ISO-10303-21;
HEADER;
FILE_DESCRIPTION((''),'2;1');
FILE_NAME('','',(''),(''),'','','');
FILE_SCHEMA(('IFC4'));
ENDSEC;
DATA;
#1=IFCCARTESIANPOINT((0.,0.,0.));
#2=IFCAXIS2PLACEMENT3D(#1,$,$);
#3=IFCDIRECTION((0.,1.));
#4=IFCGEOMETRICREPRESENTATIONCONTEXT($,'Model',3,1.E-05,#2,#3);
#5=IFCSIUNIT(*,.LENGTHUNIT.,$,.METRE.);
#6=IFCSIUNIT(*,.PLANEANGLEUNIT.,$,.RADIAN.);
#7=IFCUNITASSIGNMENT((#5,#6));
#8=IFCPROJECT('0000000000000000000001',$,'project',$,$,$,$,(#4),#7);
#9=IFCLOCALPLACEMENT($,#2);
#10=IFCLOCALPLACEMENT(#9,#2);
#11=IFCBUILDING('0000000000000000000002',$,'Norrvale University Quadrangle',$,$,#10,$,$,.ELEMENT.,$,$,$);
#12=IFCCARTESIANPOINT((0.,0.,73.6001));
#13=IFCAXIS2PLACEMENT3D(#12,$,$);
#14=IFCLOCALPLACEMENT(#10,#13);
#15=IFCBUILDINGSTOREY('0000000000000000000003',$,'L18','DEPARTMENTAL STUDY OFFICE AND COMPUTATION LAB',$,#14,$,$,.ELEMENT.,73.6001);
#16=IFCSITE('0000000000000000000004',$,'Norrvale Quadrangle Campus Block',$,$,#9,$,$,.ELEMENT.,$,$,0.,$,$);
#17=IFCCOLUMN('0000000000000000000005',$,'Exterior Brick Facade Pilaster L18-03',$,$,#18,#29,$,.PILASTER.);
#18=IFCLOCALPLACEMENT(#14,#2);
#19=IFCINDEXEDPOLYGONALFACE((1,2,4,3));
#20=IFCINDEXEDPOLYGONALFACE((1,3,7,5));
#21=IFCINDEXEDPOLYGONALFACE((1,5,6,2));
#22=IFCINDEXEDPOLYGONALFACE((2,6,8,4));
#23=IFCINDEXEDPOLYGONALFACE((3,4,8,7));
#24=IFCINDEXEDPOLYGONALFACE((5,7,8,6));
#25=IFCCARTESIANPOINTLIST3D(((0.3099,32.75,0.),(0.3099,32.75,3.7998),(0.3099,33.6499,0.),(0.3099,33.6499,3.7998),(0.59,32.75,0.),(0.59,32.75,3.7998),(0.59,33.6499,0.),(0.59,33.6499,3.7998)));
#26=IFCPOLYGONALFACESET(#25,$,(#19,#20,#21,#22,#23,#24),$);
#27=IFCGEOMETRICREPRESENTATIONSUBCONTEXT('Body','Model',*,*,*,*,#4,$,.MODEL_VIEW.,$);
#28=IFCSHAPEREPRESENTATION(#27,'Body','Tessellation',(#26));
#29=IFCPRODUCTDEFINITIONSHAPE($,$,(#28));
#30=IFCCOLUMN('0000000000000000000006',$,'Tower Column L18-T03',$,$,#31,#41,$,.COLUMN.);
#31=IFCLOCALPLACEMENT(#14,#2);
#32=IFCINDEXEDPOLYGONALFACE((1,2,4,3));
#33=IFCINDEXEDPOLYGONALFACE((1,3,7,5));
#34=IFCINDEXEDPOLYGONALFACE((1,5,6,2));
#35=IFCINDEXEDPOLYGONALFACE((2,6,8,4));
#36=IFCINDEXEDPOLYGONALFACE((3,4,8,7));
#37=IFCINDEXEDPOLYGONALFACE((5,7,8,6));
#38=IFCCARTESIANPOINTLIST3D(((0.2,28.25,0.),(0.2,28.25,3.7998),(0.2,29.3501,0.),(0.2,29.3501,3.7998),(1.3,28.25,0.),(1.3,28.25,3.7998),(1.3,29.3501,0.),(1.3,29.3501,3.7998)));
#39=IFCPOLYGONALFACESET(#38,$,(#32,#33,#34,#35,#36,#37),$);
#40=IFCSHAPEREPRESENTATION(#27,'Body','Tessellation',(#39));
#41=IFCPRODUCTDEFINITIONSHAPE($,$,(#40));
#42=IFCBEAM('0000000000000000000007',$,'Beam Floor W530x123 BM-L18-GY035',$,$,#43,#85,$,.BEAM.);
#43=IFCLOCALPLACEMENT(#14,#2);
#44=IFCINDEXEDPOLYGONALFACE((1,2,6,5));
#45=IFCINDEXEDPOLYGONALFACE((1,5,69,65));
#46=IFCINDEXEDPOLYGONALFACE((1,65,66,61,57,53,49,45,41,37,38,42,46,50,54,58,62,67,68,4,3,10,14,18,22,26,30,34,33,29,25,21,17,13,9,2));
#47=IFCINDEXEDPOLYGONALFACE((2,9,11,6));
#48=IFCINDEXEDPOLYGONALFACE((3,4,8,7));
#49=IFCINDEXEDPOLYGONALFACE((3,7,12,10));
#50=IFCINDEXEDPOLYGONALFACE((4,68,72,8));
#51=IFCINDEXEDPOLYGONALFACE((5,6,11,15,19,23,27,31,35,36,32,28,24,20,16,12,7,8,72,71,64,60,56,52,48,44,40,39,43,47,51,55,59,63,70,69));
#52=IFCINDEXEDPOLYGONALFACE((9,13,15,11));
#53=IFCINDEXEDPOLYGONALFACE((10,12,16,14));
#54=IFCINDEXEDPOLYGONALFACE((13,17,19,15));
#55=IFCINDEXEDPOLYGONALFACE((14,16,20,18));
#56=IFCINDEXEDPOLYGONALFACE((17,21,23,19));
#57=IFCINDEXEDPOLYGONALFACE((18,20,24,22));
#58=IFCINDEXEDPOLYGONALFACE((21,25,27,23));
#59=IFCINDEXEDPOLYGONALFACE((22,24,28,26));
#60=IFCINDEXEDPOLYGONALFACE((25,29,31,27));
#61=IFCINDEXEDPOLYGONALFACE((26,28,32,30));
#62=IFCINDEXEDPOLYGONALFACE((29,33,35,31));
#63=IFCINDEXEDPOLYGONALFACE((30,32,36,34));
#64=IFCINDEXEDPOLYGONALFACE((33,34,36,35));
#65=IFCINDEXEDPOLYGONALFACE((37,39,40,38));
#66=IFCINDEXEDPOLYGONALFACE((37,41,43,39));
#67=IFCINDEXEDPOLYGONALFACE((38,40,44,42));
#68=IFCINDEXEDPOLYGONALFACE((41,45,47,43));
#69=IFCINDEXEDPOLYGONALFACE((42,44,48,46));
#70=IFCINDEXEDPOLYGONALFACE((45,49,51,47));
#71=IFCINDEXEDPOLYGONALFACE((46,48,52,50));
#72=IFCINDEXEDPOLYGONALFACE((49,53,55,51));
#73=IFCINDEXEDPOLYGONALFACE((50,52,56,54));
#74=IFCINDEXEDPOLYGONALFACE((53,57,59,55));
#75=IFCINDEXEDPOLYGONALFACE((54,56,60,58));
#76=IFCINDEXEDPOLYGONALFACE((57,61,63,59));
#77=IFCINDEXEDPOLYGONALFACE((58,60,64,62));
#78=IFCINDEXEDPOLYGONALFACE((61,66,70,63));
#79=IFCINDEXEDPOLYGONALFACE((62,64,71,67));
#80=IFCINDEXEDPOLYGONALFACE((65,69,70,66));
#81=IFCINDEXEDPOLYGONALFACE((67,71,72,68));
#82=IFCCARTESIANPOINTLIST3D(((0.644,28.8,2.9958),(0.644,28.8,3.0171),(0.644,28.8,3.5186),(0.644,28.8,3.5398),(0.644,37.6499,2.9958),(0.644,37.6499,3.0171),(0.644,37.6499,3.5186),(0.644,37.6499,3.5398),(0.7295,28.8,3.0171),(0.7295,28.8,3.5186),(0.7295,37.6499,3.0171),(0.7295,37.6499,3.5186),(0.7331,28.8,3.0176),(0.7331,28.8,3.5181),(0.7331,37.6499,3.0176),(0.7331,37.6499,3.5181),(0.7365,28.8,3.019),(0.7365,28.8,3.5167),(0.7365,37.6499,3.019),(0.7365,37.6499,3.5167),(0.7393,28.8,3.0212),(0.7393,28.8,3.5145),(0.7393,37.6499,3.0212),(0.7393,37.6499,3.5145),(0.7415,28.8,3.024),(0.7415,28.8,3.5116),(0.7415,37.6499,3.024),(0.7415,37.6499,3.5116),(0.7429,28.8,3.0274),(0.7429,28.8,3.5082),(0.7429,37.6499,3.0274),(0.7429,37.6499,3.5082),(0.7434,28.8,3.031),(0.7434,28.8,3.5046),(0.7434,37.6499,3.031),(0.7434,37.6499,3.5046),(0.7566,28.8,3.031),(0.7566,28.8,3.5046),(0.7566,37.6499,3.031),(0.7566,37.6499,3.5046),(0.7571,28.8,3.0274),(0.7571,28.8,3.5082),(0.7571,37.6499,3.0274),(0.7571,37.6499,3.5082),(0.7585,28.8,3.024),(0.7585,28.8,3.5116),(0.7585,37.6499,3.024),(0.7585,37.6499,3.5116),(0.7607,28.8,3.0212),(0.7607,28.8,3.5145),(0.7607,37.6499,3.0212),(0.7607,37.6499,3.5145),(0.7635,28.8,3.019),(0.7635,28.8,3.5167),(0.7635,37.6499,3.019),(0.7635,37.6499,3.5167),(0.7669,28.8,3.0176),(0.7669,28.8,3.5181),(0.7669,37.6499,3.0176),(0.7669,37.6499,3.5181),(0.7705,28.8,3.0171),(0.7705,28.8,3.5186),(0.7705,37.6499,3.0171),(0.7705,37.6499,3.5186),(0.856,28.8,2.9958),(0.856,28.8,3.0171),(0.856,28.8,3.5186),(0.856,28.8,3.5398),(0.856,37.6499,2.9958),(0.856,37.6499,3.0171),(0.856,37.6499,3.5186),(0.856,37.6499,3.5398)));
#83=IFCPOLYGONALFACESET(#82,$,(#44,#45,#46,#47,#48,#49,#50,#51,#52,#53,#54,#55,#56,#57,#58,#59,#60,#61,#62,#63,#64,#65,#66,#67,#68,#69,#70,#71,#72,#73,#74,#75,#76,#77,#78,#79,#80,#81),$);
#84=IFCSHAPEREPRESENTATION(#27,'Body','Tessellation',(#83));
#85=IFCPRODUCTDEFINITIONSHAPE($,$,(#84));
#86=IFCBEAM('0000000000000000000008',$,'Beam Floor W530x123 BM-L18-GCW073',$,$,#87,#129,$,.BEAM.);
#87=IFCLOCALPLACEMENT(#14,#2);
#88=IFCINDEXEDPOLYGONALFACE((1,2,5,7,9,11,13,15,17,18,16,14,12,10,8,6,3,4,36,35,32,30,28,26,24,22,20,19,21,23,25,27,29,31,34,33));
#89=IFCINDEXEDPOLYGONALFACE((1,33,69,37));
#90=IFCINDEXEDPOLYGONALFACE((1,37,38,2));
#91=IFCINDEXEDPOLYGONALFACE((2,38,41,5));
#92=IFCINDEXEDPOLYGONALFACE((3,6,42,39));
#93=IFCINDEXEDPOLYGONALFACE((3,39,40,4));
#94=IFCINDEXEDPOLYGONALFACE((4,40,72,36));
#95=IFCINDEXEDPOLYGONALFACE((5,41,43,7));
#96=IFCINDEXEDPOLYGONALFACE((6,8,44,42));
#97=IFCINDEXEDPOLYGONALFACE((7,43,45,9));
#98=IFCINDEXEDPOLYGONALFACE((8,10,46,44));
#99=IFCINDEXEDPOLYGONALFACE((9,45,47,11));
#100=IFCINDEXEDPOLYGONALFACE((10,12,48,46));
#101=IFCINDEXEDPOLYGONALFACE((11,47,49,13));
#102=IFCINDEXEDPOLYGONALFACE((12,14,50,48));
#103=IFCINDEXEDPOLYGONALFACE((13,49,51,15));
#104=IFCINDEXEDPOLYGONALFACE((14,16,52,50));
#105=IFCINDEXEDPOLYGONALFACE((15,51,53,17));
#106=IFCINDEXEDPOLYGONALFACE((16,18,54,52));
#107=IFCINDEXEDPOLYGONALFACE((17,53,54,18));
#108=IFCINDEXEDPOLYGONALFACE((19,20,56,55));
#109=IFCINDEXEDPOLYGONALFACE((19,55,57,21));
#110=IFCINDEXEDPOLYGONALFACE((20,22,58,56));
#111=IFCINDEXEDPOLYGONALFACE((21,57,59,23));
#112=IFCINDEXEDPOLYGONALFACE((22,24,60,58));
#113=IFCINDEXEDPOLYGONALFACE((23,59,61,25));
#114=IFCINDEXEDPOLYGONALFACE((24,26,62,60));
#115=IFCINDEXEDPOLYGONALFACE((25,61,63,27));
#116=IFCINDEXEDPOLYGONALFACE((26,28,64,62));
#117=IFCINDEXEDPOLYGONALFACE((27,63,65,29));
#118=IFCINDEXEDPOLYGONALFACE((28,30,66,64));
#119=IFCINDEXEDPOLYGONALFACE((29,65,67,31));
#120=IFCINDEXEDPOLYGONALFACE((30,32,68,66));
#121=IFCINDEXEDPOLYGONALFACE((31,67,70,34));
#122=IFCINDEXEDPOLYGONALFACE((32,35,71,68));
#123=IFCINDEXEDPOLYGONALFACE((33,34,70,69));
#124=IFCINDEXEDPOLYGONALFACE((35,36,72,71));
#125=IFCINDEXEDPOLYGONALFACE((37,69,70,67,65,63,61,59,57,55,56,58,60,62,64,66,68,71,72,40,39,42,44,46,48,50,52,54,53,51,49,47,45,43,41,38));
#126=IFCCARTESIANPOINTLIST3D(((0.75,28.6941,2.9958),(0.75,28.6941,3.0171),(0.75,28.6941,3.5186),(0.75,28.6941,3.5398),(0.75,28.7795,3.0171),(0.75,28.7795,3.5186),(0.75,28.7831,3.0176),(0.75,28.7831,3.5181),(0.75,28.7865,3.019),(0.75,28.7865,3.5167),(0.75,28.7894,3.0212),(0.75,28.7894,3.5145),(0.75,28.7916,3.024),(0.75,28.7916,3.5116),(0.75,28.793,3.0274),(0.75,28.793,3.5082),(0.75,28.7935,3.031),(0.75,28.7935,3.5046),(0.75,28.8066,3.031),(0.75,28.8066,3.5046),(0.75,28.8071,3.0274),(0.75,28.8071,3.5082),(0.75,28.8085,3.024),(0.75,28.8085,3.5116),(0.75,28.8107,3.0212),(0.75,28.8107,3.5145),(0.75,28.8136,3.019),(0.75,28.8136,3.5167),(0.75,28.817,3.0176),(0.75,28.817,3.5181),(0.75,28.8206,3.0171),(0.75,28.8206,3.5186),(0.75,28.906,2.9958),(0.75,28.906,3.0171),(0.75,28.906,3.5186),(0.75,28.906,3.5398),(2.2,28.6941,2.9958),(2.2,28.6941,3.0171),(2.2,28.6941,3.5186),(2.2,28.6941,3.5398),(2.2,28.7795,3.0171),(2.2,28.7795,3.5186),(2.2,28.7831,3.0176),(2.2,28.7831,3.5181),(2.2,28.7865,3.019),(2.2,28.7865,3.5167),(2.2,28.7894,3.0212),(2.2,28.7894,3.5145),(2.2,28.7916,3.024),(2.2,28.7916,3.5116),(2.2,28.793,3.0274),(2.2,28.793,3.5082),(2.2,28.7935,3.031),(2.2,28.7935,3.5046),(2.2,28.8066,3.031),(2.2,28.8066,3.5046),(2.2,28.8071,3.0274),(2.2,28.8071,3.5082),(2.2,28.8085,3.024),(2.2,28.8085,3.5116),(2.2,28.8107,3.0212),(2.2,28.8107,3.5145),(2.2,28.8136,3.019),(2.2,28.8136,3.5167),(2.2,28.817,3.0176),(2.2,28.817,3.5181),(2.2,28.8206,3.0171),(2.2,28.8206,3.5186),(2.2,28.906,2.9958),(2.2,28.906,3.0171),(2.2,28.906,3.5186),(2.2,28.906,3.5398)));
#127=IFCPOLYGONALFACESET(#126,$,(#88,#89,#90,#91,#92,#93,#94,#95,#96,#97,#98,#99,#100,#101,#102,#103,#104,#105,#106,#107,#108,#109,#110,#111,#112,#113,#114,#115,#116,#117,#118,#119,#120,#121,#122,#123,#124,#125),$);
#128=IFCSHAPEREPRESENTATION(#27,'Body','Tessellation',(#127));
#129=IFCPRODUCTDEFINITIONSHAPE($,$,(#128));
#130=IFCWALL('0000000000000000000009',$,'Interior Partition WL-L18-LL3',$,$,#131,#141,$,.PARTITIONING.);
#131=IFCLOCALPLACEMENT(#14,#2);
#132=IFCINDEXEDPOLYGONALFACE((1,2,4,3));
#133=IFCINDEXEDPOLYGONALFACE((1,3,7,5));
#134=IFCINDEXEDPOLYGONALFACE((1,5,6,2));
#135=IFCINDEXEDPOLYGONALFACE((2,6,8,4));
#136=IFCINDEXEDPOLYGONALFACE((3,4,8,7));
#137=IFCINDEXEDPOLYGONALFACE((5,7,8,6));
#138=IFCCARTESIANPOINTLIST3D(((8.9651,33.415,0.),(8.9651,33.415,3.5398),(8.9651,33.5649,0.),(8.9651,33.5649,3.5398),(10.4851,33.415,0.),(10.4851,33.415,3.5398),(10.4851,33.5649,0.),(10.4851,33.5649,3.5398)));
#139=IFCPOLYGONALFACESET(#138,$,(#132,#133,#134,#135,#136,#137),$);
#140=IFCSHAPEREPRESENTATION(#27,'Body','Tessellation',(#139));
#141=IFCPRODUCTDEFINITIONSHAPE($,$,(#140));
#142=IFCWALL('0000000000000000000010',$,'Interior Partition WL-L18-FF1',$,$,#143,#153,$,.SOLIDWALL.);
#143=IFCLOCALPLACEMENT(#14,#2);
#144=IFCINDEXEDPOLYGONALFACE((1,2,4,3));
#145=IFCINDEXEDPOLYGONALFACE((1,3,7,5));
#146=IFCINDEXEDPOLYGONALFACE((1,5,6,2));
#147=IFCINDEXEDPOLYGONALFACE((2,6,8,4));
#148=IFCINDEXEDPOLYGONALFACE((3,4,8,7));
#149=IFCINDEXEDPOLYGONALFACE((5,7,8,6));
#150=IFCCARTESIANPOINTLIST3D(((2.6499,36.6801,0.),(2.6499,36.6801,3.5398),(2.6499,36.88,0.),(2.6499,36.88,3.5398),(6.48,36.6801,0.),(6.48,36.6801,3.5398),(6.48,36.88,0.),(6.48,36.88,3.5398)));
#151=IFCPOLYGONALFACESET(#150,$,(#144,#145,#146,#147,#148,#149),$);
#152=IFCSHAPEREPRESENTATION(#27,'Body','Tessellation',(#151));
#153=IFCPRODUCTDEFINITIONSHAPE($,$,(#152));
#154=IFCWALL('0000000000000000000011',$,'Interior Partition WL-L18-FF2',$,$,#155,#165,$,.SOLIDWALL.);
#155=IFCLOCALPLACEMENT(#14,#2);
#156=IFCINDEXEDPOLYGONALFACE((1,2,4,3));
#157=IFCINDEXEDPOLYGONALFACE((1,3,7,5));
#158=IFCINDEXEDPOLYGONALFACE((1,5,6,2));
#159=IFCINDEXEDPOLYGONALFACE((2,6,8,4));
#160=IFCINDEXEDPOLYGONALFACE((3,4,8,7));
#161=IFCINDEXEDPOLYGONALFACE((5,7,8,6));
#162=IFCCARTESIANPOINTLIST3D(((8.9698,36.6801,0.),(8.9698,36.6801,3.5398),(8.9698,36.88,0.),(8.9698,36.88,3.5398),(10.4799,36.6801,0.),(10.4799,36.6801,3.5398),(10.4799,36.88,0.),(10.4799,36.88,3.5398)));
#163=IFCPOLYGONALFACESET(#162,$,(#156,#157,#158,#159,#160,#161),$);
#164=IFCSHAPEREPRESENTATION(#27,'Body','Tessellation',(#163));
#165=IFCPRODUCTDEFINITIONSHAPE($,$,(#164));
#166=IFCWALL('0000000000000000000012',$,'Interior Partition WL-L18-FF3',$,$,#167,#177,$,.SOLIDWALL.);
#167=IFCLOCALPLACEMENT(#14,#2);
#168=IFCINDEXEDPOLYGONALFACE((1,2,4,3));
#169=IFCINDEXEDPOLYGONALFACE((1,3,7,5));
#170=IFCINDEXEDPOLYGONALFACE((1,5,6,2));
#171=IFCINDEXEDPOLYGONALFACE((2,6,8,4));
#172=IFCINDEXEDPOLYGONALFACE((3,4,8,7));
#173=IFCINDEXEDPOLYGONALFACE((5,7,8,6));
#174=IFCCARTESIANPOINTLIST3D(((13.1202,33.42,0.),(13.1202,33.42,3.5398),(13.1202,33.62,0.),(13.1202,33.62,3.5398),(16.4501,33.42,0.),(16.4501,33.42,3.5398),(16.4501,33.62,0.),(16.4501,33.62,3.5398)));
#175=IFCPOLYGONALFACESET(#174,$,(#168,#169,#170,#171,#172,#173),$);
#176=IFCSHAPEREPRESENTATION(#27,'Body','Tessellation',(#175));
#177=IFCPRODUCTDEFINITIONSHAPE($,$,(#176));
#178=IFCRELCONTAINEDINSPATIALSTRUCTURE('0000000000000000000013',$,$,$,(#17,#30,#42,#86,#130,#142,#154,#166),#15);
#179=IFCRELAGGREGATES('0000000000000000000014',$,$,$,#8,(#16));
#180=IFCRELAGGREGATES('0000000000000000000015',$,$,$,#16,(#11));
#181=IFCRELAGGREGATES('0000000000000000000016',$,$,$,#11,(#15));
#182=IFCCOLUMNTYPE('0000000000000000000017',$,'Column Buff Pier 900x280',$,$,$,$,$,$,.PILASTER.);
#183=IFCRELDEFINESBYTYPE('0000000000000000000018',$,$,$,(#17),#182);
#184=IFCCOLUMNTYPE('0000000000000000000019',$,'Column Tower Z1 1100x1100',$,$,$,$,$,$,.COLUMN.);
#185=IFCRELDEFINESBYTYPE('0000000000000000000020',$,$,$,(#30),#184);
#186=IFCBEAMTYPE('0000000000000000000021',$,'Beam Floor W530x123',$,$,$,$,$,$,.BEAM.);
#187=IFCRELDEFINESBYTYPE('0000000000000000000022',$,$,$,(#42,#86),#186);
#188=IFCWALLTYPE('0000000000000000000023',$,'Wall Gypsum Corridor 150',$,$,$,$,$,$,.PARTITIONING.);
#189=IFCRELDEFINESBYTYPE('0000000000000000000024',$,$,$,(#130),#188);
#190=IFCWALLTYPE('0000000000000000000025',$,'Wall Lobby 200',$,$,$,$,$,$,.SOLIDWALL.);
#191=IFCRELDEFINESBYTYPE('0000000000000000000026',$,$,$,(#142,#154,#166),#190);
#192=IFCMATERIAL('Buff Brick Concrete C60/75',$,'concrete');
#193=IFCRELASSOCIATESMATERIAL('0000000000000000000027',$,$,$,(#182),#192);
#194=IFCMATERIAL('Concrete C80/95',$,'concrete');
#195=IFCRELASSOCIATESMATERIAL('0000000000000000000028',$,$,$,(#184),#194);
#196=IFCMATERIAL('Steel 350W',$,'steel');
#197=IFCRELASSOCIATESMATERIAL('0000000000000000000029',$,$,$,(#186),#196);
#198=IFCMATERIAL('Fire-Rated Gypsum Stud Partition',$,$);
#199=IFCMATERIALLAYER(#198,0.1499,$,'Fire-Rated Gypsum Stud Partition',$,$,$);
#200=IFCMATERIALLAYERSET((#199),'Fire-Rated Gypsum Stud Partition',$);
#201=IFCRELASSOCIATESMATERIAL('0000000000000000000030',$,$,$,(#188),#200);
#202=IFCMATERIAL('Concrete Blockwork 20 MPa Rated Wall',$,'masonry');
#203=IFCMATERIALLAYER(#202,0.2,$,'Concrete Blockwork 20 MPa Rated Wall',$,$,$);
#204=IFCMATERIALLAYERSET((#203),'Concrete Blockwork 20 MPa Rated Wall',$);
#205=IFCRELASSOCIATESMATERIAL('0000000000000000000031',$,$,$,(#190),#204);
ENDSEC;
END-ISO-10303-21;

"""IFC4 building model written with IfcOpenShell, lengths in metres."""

from ifc_helpers import new_model, si_unit, direction, frame, frame_2d, origin, origin_2d, place, context, subcontext, project, spatial, rectangle, i_section, extrude, material, layer, layer_set, material_profile, profile_set, type_object, element, save


model = new_model("IFC4")

# Units and contexts
model_context = context("Model", 3, precision=1e-05, world=origin(), true_north=direction((0.0, 1.0)))
body_context = subcontext(model_context, "Body", "Model", "MODEL_VIEW")
ifc_project = project(units=[si_unit("LENGTHUNIT", "METRE"), si_unit("PLANEANGLEUNIT", "RADIAN")], contexts=[model_context])

# Site, building, storey
site_placement = place(None, origin())
site = spatial("IfcSite", under=ifc_project, at=site_placement, Name="Norrvale Quadrangle Campus Block", CompositionType="ELEMENT", RefElevation=0.0)
building_placement = place(site_placement, origin())
building = spatial("IfcBuilding", under=site, at=building_placement, Name="Norrvale University Quadrangle", CompositionType="ELEMENT")
storey_placement = place(building_placement, frame((0.0, 0.0, 73.6001)))
storey = spatial("IfcBuildingStorey", under=building, at=storey_placement, Name="L18", Description="DEPARTMENTAL STUDY OFFICE AND COMPUTATION LAB", CompositionType="ELEMENT", Elevation=73.6001)

# Columns
ifc_material_1 = material(Name="Buff Brick Concrete C60/75", Category="concrete")
ifc_material_profile_1 = material_profile(ifc_material_1, rectangle(XDim=0.8999, YDim=0.28, at=origin_2d()), Name="Buff Brick Concrete C60/75")
ifc_profile_set_1 = profile_set([ifc_material_profile_1], Name="Buff Brick Concrete C60/75")
column_type_1 = type_object("IfcColumnType", Name="Column Buff Pier 900x280", PredefinedType="PILASTER", material=ifc_profile_set_1)
column_1_placement = place(storey_placement, frame((0.45, 33.2, 0.0), z_axis=(0.0, 0.0, 1.0), x_axis=(0.0, 1.0, 0.0)))
element("IfcColumn", 1, at=column_1_placement, inside=storey, type_object=column_type_1, Name="Exterior Brick Facade Pilaster L18-03", PredefinedType="PILASTER", context=body_context, shape_type="SweptSolid", body=[
    extrude(rectangle(XDim=0.8999, YDim=0.28, at=origin_2d()), origin(), (0.0, 0.0, 1.0), 3.7998),
])
ifc_material_2 = material(Name="Concrete C80/95", Category="concrete")
ifc_material_profile_2 = material_profile(ifc_material_2, rectangle(XDim=1.1001, YDim=1.1001, at=origin_2d()), Name="Concrete C80/95")
ifc_profile_set_2 = profile_set([ifc_material_profile_2], Name="Concrete C80/95")
column_type_2 = type_object("IfcColumnType", Name="Column Tower Z1 1100x1100", PredefinedType="COLUMN", material=ifc_profile_set_2)
column_2_placement = place(storey_placement, frame((0.75, 28.8, 0.0), z_axis=(0.0, 0.0, 1.0), x_axis=(1.0, 0.0, 0.0)))
element("IfcColumn", 2, at=column_2_placement, inside=storey, type_object=column_type_2, Name="Tower Column L18-T03", PredefinedType="COLUMN", context=body_context, shape_type="SweptSolid", body=[
    extrude(rectangle(XDim=1.1001, YDim=1.1001, at=origin_2d()), origin(), (0.0, 0.0, 1.0), 3.7998),
])

# Beams
ifc_material_3 = material(Name="Steel 350W", Category="steel")
ifc_material_profile_3 = material_profile(ifc_material_3, i_section(OverallWidth=0.2119, OverallDepth=0.5439, WebThickness=0.0132, FlangeThickness=0.0212, FilletRadius=0.0139, at=origin_2d()), Name="Steel 350W")
ifc_profile_set_3 = profile_set([ifc_material_profile_3], Name="Steel 350W")
beam_type = type_object("IfcBeamType", Name="Beam Floor W530x123", PredefinedType="BEAM", material=ifc_profile_set_3)
beam_1_placement = place(storey_placement, frame((0.75, 28.8, 3.2678), z_axis=(0.0, 1.0, 0.0), x_axis=(-1.0, 0.0, 0.0)))
element("IfcBeam", 3, at=beam_1_placement, inside=storey, type_object=beam_type, Name="Beam Floor W530x123 BM-L18-GY035", PredefinedType="BEAM", context=body_context, shape_type="SweptSolid", body=[
    extrude(i_section(OverallWidth=0.2119, OverallDepth=0.5439, WebThickness=0.0132, FlangeThickness=0.0212, FilletRadius=0.0139, at=origin_2d()), origin(), (0.0, 0.0, 1.0), 8.8499),
])
beam_2_placement = place(storey_placement, frame((0.75, 28.8, 3.2678), z_axis=(1.0, 0.0, 0.0), x_axis=(0.0, 1.0, 0.0)))
element("IfcBeam", 4, at=beam_2_placement, inside=storey, type_object=beam_type, Name="Beam Floor W530x123 BM-L18-GCW073", PredefinedType="BEAM", context=body_context, shape_type="SweptSolid", body=[
    extrude(i_section(OverallWidth=0.2119, OverallDepth=0.5439, WebThickness=0.0132, FlangeThickness=0.0212, FilletRadius=0.0139, at=origin_2d()), origin(), (0.0, 0.0, 1.0), 1.45),
])

# Walls
ifc_material_4 = material(Name="Fire-Rated Gypsum Stud Partition")
ifc_layer_1 = layer(ifc_material_4, 0.1499, Name="Fire-Rated Gypsum Stud Partition")
ifc_layer_set_1 = layer_set([ifc_layer_1], Name="Fire-Rated Gypsum Stud Partition")
wall_type_1 = type_object("IfcWallType", Name="Wall Gypsum Corridor 150", PredefinedType="PARTITIONING", material=ifc_layer_set_1)
wall_1_placement = place(storey_placement, frame((8.9651, 33.49, 0.0), z_axis=(0.0, 0.0, 1.0), x_axis=(1.0, 0.0, 0.0)))
element("IfcWall", 5, at=wall_1_placement, inside=storey, type_object=wall_type_1, Name="Interior Partition WL-L18-LL3", PredefinedType="PARTITIONING", context=body_context, shape_type="SweptSolid", body=[
    extrude(rectangle(XDim=1.52, YDim=0.1499, at=frame_2d((0.76, 0.0))), origin(), (0.0, 0.0, 1.0), 3.5398),
])
ifc_material_5 = material(Name="Concrete Blockwork 20 MPa Rated Wall", Category="masonry")
ifc_layer_2 = layer(ifc_material_5, 0.2, Name="Concrete Blockwork 20 MPa Rated Wall")
ifc_layer_set_2 = layer_set([ifc_layer_2], Name="Concrete Blockwork 20 MPa Rated Wall")
wall_type_2 = type_object("IfcWallType", Name="Wall Lobby 200", PredefinedType="SOLIDWALL", material=ifc_layer_set_2)
wall_2_placement = place(storey_placement, frame((2.6499, 36.78, 0.0), z_axis=(0.0, 0.0, 1.0), x_axis=(1.0, 0.0, 0.0)))
element("IfcWall", 6, at=wall_2_placement, inside=storey, type_object=wall_type_2, Name="Interior Partition WL-L18-FF1", PredefinedType="SOLIDWALL", context=body_context, shape_type="SweptSolid", body=[
    extrude(rectangle(XDim=3.8301, YDim=0.2, at=frame_2d((1.915, 0.0))), origin(), (0.0, 0.0, 1.0), 3.5398),
])
wall_3_placement = place(storey_placement, frame((8.97, 36.78, 0.0), z_axis=(0.0, 0.0, 1.0), x_axis=(1.0, 0.0, 0.0)))
element("IfcWall", 7, at=wall_3_placement, inside=storey, type_object=wall_type_2, Name="Interior Partition WL-L18-FF2", PredefinedType="SOLIDWALL", context=body_context, shape_type="SweptSolid", body=[
    extrude(rectangle(XDim=1.51, YDim=0.2, at=frame_2d((0.7549, 0.0))), origin(), (0.0, 0.0, 1.0), 3.5398),
])
wall_4_placement = place(storey_placement, frame((13.1201, 33.52, 0.0), z_axis=(0.0, 0.0, 1.0), x_axis=(1.0, 0.0, 0.0)))
element("IfcWall", 8, at=wall_4_placement, inside=storey, type_object=wall_type_2, Name="Interior Partition WL-L18-FF3", PredefinedType="SOLIDWALL", context=body_context, shape_type="SweptSolid", body=[
    extrude(rectangle(XDim=3.3298, YDim=0.2, at=frame_2d((1.665, 0.0))), origin(), (0.0, 0.0, 1.0), 3.5398),
])

save(model, "model.ifc")
